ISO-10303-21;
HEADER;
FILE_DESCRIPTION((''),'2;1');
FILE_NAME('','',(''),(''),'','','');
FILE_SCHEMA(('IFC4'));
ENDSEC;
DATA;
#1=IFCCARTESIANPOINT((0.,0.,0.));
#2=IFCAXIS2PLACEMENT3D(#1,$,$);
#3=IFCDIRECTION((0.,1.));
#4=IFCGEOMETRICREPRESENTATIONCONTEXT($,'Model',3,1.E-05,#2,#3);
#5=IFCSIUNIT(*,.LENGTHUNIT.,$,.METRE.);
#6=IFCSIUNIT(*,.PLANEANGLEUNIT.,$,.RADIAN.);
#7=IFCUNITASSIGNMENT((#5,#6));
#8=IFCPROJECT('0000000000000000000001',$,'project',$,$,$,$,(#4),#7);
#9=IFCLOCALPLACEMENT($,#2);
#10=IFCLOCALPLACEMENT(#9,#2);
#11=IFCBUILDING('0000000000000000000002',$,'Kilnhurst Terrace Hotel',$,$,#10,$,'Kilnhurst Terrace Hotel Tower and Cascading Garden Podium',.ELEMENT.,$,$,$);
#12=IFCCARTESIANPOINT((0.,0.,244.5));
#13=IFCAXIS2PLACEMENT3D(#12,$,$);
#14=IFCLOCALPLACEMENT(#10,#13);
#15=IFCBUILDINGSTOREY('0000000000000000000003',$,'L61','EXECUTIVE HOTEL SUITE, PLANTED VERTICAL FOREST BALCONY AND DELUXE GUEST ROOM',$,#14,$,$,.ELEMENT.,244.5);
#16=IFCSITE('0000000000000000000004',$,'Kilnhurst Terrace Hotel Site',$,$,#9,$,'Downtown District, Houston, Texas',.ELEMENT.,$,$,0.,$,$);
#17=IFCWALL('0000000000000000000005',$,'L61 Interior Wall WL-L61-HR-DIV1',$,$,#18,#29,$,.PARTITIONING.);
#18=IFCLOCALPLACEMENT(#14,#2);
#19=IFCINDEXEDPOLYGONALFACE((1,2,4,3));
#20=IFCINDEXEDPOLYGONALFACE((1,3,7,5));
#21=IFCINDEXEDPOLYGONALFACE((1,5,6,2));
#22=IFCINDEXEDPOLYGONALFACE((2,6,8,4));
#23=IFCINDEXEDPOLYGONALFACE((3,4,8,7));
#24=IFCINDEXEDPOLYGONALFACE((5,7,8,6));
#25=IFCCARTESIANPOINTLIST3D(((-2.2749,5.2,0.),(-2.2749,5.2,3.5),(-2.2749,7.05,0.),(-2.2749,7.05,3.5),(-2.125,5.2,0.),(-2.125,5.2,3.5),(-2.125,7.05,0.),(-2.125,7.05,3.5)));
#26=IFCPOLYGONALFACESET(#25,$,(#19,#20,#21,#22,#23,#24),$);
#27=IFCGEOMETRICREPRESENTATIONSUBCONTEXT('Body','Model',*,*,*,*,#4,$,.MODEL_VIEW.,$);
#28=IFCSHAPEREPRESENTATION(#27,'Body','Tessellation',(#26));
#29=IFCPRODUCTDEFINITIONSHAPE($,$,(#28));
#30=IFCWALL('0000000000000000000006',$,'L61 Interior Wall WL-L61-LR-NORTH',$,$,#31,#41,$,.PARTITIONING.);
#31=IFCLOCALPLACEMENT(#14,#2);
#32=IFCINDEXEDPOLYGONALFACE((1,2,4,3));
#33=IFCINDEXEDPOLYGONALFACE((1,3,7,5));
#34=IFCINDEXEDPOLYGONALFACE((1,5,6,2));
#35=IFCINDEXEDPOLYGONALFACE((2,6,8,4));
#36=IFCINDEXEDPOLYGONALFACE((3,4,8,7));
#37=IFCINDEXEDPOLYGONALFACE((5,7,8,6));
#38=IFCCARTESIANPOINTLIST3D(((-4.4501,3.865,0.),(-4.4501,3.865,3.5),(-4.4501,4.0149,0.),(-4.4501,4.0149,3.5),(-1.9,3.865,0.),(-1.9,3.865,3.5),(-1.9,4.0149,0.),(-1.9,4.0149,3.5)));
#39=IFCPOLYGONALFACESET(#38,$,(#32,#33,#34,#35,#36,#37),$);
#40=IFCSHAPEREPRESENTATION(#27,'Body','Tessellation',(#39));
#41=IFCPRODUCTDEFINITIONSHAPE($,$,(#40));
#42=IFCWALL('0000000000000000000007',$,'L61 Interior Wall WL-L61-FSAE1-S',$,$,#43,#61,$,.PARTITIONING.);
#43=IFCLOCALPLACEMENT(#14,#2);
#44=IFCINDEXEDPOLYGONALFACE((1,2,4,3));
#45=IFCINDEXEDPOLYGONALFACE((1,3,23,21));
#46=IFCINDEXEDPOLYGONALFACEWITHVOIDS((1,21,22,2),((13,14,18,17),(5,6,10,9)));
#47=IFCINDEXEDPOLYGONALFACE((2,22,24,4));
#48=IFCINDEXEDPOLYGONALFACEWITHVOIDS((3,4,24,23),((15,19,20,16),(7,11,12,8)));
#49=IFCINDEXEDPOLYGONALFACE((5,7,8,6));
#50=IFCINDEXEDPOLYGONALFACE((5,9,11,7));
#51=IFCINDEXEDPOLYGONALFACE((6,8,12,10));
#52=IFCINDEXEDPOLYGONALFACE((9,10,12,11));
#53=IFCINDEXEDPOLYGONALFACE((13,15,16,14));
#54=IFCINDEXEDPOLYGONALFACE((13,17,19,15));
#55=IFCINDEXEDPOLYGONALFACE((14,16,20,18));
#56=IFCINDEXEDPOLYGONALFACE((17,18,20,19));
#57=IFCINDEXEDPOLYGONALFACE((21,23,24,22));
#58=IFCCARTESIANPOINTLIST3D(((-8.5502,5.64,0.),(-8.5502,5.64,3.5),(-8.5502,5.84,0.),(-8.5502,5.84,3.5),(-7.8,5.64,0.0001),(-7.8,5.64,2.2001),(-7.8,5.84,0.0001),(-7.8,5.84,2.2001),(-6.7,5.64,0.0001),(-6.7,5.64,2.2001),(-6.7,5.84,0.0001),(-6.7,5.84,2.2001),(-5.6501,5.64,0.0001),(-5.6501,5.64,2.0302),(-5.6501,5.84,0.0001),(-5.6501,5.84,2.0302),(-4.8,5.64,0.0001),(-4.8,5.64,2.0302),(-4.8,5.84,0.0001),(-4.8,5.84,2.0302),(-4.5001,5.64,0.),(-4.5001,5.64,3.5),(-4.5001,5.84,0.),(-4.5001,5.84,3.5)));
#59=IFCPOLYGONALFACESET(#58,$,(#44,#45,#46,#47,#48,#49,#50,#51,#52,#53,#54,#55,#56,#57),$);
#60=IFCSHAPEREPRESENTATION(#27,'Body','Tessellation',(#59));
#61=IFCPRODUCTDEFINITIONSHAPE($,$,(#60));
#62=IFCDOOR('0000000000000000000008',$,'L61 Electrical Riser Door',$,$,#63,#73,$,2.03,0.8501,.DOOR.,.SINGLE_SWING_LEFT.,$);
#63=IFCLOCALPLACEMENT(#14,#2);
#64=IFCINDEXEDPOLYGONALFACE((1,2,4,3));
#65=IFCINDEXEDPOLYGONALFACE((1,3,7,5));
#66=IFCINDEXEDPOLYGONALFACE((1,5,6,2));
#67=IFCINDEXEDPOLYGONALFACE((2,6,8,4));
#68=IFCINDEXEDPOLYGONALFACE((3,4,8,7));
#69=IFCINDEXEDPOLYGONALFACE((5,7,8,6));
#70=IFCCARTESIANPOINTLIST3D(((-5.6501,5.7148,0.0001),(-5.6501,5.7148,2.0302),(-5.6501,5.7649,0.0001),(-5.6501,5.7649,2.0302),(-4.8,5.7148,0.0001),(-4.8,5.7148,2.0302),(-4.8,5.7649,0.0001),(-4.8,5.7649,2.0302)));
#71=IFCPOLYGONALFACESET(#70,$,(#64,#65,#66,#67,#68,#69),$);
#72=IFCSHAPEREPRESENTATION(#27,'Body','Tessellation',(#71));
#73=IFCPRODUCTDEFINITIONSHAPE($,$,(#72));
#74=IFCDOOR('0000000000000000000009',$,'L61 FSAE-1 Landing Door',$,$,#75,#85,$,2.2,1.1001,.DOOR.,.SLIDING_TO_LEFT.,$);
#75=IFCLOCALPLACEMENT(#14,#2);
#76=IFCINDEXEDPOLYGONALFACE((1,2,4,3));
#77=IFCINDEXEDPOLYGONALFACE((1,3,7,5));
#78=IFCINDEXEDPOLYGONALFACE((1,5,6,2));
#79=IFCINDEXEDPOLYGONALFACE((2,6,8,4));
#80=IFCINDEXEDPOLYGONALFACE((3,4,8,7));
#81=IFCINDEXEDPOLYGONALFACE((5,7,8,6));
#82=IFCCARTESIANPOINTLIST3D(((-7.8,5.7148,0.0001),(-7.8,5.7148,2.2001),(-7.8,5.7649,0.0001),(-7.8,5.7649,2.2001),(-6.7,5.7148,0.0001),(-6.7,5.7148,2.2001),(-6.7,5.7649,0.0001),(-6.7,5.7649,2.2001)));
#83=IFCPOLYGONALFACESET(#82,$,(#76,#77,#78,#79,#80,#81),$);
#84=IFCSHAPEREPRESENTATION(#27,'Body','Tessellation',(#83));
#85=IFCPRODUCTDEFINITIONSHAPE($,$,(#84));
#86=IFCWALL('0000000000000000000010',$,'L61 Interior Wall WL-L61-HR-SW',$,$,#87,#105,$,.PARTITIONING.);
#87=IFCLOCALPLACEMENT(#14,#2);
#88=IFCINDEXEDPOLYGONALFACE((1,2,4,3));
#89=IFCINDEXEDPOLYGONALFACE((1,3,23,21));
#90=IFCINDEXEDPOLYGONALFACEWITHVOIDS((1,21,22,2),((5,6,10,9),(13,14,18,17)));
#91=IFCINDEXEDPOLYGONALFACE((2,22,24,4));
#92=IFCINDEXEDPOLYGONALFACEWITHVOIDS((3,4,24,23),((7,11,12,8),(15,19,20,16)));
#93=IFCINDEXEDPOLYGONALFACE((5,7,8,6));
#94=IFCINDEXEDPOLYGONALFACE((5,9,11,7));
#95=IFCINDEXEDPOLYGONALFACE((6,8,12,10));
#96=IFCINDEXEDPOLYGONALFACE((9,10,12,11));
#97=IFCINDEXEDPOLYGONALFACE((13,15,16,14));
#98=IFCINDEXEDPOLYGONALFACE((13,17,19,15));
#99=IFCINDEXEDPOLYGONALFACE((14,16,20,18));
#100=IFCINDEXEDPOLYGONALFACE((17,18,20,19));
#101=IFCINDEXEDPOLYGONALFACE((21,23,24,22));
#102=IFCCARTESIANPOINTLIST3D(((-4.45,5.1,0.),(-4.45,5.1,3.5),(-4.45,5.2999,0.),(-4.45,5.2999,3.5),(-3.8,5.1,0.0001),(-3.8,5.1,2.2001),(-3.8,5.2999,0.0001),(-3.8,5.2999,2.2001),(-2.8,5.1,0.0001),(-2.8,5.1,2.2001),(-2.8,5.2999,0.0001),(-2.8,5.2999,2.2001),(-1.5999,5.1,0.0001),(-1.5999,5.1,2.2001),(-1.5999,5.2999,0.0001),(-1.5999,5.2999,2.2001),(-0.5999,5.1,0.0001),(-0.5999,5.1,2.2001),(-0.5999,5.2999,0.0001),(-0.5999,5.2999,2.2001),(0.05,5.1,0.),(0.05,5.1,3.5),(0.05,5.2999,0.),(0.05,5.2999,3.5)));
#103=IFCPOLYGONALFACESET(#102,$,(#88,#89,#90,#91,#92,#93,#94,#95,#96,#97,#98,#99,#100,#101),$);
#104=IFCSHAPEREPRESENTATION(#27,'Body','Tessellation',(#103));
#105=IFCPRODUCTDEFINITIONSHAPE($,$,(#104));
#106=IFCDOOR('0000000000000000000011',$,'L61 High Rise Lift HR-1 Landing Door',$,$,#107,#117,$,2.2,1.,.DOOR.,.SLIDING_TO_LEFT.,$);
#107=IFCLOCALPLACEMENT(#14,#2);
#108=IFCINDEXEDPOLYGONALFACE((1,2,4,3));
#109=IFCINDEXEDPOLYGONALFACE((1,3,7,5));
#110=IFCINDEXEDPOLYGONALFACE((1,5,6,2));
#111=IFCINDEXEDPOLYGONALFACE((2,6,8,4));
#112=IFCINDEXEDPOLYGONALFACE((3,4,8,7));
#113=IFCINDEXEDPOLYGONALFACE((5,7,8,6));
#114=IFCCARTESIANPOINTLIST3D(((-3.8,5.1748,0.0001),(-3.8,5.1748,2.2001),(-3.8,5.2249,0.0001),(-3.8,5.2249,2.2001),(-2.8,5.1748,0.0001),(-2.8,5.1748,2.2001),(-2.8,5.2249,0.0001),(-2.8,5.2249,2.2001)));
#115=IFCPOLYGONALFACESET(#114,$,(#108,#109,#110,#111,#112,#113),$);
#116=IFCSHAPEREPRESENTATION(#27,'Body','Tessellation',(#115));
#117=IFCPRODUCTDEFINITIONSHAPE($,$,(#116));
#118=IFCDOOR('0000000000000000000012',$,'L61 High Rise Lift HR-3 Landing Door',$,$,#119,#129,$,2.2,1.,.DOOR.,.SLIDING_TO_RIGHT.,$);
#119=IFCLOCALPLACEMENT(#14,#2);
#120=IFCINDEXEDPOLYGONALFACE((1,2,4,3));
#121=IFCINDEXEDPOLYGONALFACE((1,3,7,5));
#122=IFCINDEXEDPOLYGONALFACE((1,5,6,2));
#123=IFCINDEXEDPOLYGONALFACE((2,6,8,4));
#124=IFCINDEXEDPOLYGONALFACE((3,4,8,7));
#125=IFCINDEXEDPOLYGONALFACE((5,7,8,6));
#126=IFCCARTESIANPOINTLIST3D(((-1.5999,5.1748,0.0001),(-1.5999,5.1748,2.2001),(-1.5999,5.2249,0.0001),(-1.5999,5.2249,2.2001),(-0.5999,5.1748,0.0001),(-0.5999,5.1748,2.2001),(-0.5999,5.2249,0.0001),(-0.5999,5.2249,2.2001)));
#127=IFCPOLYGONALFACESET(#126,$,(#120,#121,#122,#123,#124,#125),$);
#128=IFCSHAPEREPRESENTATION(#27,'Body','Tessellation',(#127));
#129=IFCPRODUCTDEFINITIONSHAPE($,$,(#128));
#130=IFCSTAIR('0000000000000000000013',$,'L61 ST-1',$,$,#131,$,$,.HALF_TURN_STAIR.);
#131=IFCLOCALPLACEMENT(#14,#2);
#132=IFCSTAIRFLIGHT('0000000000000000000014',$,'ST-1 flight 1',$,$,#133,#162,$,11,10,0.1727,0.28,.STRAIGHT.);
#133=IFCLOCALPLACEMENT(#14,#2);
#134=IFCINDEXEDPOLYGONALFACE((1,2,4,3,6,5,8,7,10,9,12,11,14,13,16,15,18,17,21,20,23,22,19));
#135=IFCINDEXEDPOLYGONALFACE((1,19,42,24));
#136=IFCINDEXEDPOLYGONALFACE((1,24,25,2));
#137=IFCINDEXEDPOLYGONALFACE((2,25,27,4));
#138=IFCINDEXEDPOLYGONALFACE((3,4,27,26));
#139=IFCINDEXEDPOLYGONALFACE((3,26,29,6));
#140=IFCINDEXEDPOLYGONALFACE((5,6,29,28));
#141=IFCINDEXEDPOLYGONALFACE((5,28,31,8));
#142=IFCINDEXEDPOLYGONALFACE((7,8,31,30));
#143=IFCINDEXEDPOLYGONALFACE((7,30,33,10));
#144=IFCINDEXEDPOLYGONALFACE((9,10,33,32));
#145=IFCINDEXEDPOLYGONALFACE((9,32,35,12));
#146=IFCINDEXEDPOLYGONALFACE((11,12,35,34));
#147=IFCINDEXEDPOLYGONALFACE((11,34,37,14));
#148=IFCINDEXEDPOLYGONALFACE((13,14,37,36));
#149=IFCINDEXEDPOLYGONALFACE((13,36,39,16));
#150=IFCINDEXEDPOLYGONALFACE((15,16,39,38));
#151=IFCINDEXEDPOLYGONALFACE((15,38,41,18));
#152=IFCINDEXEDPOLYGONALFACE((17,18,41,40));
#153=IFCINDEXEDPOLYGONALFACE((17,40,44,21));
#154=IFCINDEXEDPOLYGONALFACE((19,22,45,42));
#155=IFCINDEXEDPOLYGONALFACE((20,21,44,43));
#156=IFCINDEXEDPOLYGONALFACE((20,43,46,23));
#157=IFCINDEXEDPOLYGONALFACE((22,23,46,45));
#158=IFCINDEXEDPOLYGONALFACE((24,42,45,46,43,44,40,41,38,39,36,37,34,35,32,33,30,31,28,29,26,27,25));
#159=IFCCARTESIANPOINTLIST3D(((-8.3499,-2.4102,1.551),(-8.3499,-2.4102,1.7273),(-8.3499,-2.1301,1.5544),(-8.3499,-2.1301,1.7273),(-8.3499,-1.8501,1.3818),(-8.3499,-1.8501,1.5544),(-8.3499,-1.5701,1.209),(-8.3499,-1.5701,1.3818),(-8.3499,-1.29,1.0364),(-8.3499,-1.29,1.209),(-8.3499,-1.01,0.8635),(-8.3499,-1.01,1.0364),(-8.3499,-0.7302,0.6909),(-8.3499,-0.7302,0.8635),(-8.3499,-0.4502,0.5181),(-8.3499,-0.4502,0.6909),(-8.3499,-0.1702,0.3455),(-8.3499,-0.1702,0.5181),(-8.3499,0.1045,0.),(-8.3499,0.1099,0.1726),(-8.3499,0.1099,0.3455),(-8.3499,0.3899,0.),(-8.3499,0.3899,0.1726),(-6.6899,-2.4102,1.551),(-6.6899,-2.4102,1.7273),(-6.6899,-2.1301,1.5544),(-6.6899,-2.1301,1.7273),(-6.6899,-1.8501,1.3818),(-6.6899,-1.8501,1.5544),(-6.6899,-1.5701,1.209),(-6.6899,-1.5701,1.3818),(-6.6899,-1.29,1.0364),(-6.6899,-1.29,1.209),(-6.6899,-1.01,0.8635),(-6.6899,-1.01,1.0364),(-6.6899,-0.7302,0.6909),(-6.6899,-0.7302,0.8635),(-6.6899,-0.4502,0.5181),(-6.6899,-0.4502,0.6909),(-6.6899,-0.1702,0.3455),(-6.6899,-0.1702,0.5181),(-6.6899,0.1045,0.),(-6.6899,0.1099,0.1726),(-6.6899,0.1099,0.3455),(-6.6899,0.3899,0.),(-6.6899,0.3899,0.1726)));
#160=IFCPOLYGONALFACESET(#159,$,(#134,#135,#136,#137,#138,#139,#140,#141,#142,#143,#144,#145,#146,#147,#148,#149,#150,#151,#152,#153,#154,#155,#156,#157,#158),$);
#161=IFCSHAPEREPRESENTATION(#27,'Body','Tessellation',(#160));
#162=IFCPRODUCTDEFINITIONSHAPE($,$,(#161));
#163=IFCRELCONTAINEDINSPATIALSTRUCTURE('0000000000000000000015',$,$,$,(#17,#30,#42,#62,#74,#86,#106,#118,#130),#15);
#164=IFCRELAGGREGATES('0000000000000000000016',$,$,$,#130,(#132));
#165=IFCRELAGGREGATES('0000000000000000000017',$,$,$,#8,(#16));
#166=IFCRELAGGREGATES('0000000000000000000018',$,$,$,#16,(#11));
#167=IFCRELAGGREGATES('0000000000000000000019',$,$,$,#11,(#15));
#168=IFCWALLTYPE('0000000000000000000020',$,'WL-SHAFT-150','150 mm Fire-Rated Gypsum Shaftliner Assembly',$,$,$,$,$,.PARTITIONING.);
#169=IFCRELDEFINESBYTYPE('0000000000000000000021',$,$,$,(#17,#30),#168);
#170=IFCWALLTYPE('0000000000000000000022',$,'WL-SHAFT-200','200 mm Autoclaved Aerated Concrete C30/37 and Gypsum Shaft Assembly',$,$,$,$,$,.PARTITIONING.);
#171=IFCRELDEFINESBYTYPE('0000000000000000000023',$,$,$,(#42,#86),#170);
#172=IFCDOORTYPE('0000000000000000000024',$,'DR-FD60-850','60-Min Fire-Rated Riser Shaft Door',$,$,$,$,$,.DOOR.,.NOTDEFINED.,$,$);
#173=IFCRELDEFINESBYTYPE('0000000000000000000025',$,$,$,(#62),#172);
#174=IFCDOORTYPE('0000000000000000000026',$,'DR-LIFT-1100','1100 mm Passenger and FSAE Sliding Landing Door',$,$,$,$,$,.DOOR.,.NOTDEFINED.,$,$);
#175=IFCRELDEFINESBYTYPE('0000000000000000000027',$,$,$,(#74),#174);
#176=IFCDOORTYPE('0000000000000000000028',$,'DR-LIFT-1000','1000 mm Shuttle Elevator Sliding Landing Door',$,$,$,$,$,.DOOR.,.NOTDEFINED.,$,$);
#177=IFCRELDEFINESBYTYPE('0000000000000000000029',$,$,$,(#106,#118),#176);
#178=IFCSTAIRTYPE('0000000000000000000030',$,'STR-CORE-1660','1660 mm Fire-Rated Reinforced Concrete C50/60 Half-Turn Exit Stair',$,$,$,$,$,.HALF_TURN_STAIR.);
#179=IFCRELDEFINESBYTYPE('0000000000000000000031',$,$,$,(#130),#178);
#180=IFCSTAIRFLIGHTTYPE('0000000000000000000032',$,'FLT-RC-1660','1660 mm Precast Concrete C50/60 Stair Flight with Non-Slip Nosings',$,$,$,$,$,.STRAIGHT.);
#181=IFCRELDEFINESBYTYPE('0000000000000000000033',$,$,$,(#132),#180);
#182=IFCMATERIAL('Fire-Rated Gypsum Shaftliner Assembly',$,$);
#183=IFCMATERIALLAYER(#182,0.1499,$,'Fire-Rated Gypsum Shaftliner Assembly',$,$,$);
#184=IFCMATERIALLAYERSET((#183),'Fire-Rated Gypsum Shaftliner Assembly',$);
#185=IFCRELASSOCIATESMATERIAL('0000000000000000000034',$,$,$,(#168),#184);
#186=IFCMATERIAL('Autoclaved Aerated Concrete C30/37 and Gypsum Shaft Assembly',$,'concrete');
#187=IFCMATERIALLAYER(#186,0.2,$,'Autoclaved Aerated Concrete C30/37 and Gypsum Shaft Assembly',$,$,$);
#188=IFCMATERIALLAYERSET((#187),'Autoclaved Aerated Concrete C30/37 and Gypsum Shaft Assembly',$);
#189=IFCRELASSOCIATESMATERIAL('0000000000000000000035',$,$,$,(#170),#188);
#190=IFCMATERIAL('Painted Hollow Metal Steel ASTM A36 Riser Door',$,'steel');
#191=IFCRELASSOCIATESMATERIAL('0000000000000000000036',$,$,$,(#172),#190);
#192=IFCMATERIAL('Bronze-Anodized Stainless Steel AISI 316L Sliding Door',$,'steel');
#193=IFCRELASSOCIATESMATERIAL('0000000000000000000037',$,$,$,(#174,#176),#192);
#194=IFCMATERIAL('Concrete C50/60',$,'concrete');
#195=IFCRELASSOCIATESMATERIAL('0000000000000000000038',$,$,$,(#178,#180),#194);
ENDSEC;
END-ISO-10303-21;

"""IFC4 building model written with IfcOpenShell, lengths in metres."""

from ifc_helpers import new_model, si_unit, direction, frame, frame_2d, origin, place, context, subcontext, project, spatial, polyline, rectangle, outline, extrude, material, layer, layer_set, type_object, element, fill, aggregate, save


model = new_model("IFC4")

# Units and contexts
model_context = context("Model", 3, precision=1e-05, world=origin(), true_north=direction((0.0, 1.0)))
body_context = subcontext(model_context, "Body", "Model", "MODEL_VIEW")
ifc_project = project(units=[si_unit("LENGTHUNIT", "METRE"), si_unit("PLANEANGLEUNIT", "RADIAN")], contexts=[model_context])

# Site, building, storey
site_placement = place(None, origin())
site = spatial("IfcSite", under=ifc_project, at=site_placement, Name="Kilnhurst Terrace Hotel Site", LongName="Downtown District, Houston, Texas", CompositionType="ELEMENT", RefElevation=0.0)
building_placement = place(site_placement, origin())
building = spatial("IfcBuilding", under=site, at=building_placement, Name="Kilnhurst Terrace Hotel", LongName="Kilnhurst Terrace Hotel Tower and Cascading Garden Podium", CompositionType="ELEMENT")
storey_placement = place(building_placement, frame((0.0, 0.0, 244.5)))
storey = spatial("IfcBuildingStorey", under=building, at=storey_placement, Name="L61", Description="EXECUTIVE HOTEL SUITE, PLANTED VERTICAL FOREST BALCONY AND DELUXE GUEST ROOM", CompositionType="ELEMENT", Elevation=244.5)

# Shared definitions
ifc_material_1 = material(Name="Concrete C50/60", Category="concrete")

# Walls
ifc_material_2 = material(Name="Fire-Rated Gypsum Shaftliner Assembly")
ifc_layer_1 = layer(ifc_material_2, 0.1499, Name="Fire-Rated Gypsum Shaftliner Assembly")
ifc_layer_set_1 = layer_set([ifc_layer_1], Name="Fire-Rated Gypsum Shaftliner Assembly")
wall_type_1 = type_object("IfcWallType", Name="WL-SHAFT-150", Description="150 mm Fire-Rated Gypsum Shaftliner Assembly", PredefinedType="PARTITIONING", material=ifc_layer_set_1)
wall_1_placement = place(storey_placement, frame((-2.2, 5.2, 0.0), z_axis=(0.0, 0.0, 1.0), x_axis=(0.0, 1.0, 0.0)))
element("IfcWall", 1, at=wall_1_placement, inside=storey, type_object=wall_type_1, Name="L61 Interior Wall WL-L61-HR-DIV1", PredefinedType="PARTITIONING", context=body_context, shape_type="SweptSolid", body=[
    extrude(rectangle(XDim=1.8501, YDim=0.1499, at=frame_2d((0.925, 0.0))), origin(), (0.0, 0.0, 1.0), 3.5),
])
wall_2_placement = place(storey_placement, frame((-4.45, 3.9399, 0.0), z_axis=(0.0, 0.0, 1.0), x_axis=(1.0, 0.0, 0.0)))
element("IfcWall", 2, at=wall_2_placement, inside=storey, type_object=wall_type_1, Name="L61 Interior Wall WL-L61-LR-NORTH", PredefinedType="PARTITIONING", context=body_context, shape_type="SweptSolid", body=[
    extrude(rectangle(XDim=2.55, YDim=0.1499, at=frame_2d((1.2749, 0.0))), origin(), (0.0, 0.0, 1.0), 3.5),
])

# Walls, openings, doors
ifc_material_3 = material(Name="Autoclaved Aerated Concrete C30/37 and Gypsum Shaft Assembly", Category="concrete")
ifc_layer_2 = layer(ifc_material_3, 0.2, Name="Autoclaved Aerated Concrete C30/37 and Gypsum Shaft Assembly")
ifc_layer_set_2 = layer_set([ifc_layer_2], Name="Autoclaved Aerated Concrete C30/37 and Gypsum Shaft Assembly")
wall_type_2 = type_object("IfcWallType", Name="WL-SHAFT-200", Description="200 mm Autoclaved Aerated Concrete C30/37 and Gypsum Shaft Assembly", PredefinedType="PARTITIONING", material=ifc_layer_set_2)
wall_3_placement = place(storey_placement, frame((-8.55, 5.74, 0.0), z_axis=(0.0, 0.0, 1.0), x_axis=(1.0, 0.0, 0.0)))
wall_3 = element("IfcWall", 3, at=wall_3_placement, inside=storey, type_object=wall_type_2, Name="L61 Interior Wall WL-L61-FSAE1-S", PredefinedType="PARTITIONING", context=body_context, shape_type="SweptSolid", body=[
    extrude(rectangle(XDim=4.05, YDim=0.2, at=frame_2d((2.0249, 0.0))), origin(), (0.0, 0.0, 1.0), 3.5),
])
opening_1_placement = place(wall_3_placement, frame((0.75, 0.0, 0.0)))
opening_1 = element("IfcOpeningElement", 4, at=opening_1_placement, cuts=wall_3, PredefinedType="OPENING", context=body_context, shape_type="SweptSolid", body=[
    extrude(rectangle(XDim=1.1001, YDim=2.2, at=frame_2d((0.55, 1.1001))), frame((0.0, 0.1099, 0.0), z_axis=(0.0, -1.0, 0.0), x_axis=(1.0, 0.0, 0.0)), (0.0, 0.0, 1.0), 0.22),
])
opening_2_placement = place(wall_3_placement, frame((2.8999, 0.0, 0.0)))
opening_2 = element("IfcOpeningElement", 5, at=opening_2_placement, cuts=wall_3, PredefinedType="OPENING", context=body_context, shape_type="SweptSolid", body=[
    extrude(rectangle(XDim=0.8501, YDim=2.03, at=frame_2d((0.425, 1.0151))), frame((0.0, 0.1099, 0.0), z_axis=(0.0, -1.0, 0.0), x_axis=(1.0, 0.0, 0.0)), (0.0, 0.0, 1.0), 0.22),
])
ifc_material_4 = material(Name="Painted Hollow Metal Steel ASTM A36 Riser Door", Category="steel")
door_type_1 = type_object("IfcDoorType", Name="DR-FD60-850", Description="60-Min Fire-Rated Riser Shaft Door", OperationType="NOTDEFINED", PredefinedType="DOOR", material=ifc_material_4)
door_1_placement = place(opening_2_placement, origin())
door_1 = element("IfcDoor", 6, at=door_1_placement, inside=storey, type_object=door_type_1, Name="L61 Electrical Riser Door", OperationType="SINGLE_SWING_LEFT", OverallHeight=2.03, OverallWidth=0.8501, PredefinedType="DOOR", context=body_context, shape_type="SweptSolid", body=[
    extrude(rectangle(XDim=0.8501, YDim=2.03, at=frame_2d((0.425, 1.0151))), frame((0.0, 0.0249, 0.0), z_axis=(0.0, -1.0, 0.0), x_axis=(1.0, 0.0, 0.0)), (0.0, 0.0, 1.0), 0.05),
])
fill(opening_2, door_1)
ifc_material_5 = material(Name="Bronze-Anodized Stainless Steel AISI 316L Sliding Door", Category="steel")
door_type_2 = type_object("IfcDoorType", Name="DR-LIFT-1100", Description="1100 mm Passenger and FSAE Sliding Landing Door", OperationType="NOTDEFINED", PredefinedType="DOOR", material=ifc_material_5)
door_2_placement = place(opening_1_placement, origin())
door_2 = element("IfcDoor", 7, at=door_2_placement, inside=storey, type_object=door_type_2, Name="L61 FSAE-1 Landing Door", OperationType="SLIDING_TO_LEFT", OverallHeight=2.2, OverallWidth=1.1001, PredefinedType="DOOR", context=body_context, shape_type="SweptSolid", body=[
    extrude(rectangle(XDim=1.1001, YDim=2.2, at=frame_2d((0.55, 1.1001))), frame((0.0, 0.0249, 0.0), z_axis=(0.0, -1.0, 0.0), x_axis=(1.0, 0.0, 0.0)), (0.0, 0.0, 1.0), 0.05),
])
fill(opening_1, door_2)
wall_4_placement = place(storey_placement, frame((-4.45, 5.2, 0.0), z_axis=(0.0, 0.0, 1.0), x_axis=(1.0, 0.0, 0.0)))
wall_4 = element("IfcWall", 8, at=wall_4_placement, inside=storey, type_object=wall_type_2, Name="L61 Interior Wall WL-L61-HR-SW", PredefinedType="PARTITIONING", context=body_context, shape_type="SweptSolid", body=[
    extrude(rectangle(XDim=4.5, YDim=0.2, at=frame_2d((2.25, 0.0))), origin(), (0.0, 0.0, 1.0), 3.5),
])
opening_3_placement = place(wall_4_placement, frame((0.6499, 0.0, 0.0)))
opening_3 = element("IfcOpeningElement", 9, at=opening_3_placement, cuts=wall_4, PredefinedType="OPENING", context=body_context, shape_type="SweptSolid", body=[
    extrude(rectangle(XDim=1.0, YDim=2.2, at=frame_2d((0.5, 1.1001))), frame((0.0, 0.1099, 0.0), z_axis=(0.0, -1.0, 0.0), x_axis=(1.0, 0.0, 0.0)), (0.0, 0.0, 1.0), 0.22),
])
opening_4_placement = place(wall_4_placement, frame((2.8501, 0.0, 0.0)))
opening_4 = element("IfcOpeningElement", 10, at=opening_4_placement, cuts=wall_4, PredefinedType="OPENING", context=body_context, shape_type="SweptSolid", body=[
    extrude(rectangle(XDim=1.0, YDim=2.2, at=frame_2d((0.5, 1.1001))), frame((0.0, 0.1099, 0.0), z_axis=(0.0, -1.0, 0.0), x_axis=(1.0, 0.0, 0.0)), (0.0, 0.0, 1.0), 0.22),
])
door_type_3 = type_object("IfcDoorType", Name="DR-LIFT-1000", Description="1000 mm Shuttle Elevator Sliding Landing Door", OperationType="NOTDEFINED", PredefinedType="DOOR", material=ifc_material_5)
door_3_placement = place(opening_3_placement, origin())
door_3 = element("IfcDoor", 11, at=door_3_placement, inside=storey, type_object=door_type_3, Name="L61 High Rise Lift HR-1 Landing Door", OperationType="SLIDING_TO_LEFT", OverallHeight=2.2, OverallWidth=1.0, PredefinedType="DOOR", context=body_context, shape_type="SweptSolid", body=[
    extrude(rectangle(XDim=1.0, YDim=2.2, at=frame_2d((0.5, 1.1001))), frame((0.0, 0.0249, 0.0), z_axis=(0.0, -1.0, 0.0), x_axis=(1.0, 0.0, 0.0)), (0.0, 0.0, 1.0), 0.05),
])
fill(opening_3, door_3)
door_4_placement = place(opening_4_placement, origin())
door_4 = element("IfcDoor", 12, at=door_4_placement, inside=storey, type_object=door_type_3, Name="L61 High Rise Lift HR-3 Landing Door", OperationType="SLIDING_TO_RIGHT", OverallHeight=2.2, OverallWidth=1.0, PredefinedType="DOOR", context=body_context, shape_type="SweptSolid", body=[
    extrude(rectangle(XDim=1.0, YDim=2.2, at=frame_2d((0.5, 1.1001))), frame((0.0, 0.0249, 0.0), z_axis=(0.0, -1.0, 0.0), x_axis=(1.0, 0.0, 0.0)), (0.0, 0.0, 1.0), 0.05),
])
fill(opening_4, door_4)

# Stair, stair flight
stair_type = type_object("IfcStairType", Name="STR-CORE-1660", Description="1660 mm Fire-Rated Reinforced Concrete C50/60 Half-Turn Exit Stair", PredefinedType="HALF_TURN_STAIR", material=ifc_material_1)
stair_placement = place(storey_placement, origin())
stair = element("IfcStair", 13, at=stair_placement, inside=storey, type_object=stair_type, Name="L61 ST-1", PredefinedType="HALF_TURN_STAIR")
stair_flight_type = type_object("IfcStairFlightType", Name="FLT-RC-1660", Description="1660 mm Precast Concrete C50/60 Stair Flight with Non-Slip Nosings", PredefinedType="STRAIGHT", material=ifc_material_1)
stair_flight_placement = place(storey_placement, frame((-7.52, 0.3899, 0.0), z_axis=(0.0, 0.0, 1.0), x_axis=(0.0, -1.0, 0.0)))
stair_flight = element("IfcStairFlight", 14, at=stair_flight_placement, type_object=stair_flight_type, Name="ST-1 flight 1", NumberOfRisers=11, NumberOfTreads=10, PredefinedType="STRAIGHT", RiserHeight=0.1727, TreadLength=0.28, context=body_context, shape_type="SweptSolid", body=[
    extrude(outline(polyline([(0.0, 0.0), (0.0, 0.1726), (0.28, 0.1726), (0.28, 0.3455), (0.5601, 0.3455), (0.5601, 0.5181), (0.8401, 0.5181), (0.8401, 0.6909), (1.1201, 0.6909), (1.1201, 0.8635), (1.3999, 0.8635), (1.3999, 1.0364), (1.6799, 1.0364), (1.6799, 1.209), (1.96, 1.209), (1.96, 1.3818), (2.24, 1.3818), (2.24, 1.5544), (2.52, 1.5544), (2.52, 1.7273), (2.8, 1.7273), (2.8, 1.8999), (2.8, 1.551), (0.2854, 0.0), (0.0, 0.0)])), frame((0.0, 0.8301, 0.0), z_axis=(0.0, -1.0, 0.0), x_axis=(1.0, 0.0, 0.0)), (0.0, 0.0, 1.0), 1.6599),
])
aggregate(stair, [stair_flight])

save(model, "model.ifc")
